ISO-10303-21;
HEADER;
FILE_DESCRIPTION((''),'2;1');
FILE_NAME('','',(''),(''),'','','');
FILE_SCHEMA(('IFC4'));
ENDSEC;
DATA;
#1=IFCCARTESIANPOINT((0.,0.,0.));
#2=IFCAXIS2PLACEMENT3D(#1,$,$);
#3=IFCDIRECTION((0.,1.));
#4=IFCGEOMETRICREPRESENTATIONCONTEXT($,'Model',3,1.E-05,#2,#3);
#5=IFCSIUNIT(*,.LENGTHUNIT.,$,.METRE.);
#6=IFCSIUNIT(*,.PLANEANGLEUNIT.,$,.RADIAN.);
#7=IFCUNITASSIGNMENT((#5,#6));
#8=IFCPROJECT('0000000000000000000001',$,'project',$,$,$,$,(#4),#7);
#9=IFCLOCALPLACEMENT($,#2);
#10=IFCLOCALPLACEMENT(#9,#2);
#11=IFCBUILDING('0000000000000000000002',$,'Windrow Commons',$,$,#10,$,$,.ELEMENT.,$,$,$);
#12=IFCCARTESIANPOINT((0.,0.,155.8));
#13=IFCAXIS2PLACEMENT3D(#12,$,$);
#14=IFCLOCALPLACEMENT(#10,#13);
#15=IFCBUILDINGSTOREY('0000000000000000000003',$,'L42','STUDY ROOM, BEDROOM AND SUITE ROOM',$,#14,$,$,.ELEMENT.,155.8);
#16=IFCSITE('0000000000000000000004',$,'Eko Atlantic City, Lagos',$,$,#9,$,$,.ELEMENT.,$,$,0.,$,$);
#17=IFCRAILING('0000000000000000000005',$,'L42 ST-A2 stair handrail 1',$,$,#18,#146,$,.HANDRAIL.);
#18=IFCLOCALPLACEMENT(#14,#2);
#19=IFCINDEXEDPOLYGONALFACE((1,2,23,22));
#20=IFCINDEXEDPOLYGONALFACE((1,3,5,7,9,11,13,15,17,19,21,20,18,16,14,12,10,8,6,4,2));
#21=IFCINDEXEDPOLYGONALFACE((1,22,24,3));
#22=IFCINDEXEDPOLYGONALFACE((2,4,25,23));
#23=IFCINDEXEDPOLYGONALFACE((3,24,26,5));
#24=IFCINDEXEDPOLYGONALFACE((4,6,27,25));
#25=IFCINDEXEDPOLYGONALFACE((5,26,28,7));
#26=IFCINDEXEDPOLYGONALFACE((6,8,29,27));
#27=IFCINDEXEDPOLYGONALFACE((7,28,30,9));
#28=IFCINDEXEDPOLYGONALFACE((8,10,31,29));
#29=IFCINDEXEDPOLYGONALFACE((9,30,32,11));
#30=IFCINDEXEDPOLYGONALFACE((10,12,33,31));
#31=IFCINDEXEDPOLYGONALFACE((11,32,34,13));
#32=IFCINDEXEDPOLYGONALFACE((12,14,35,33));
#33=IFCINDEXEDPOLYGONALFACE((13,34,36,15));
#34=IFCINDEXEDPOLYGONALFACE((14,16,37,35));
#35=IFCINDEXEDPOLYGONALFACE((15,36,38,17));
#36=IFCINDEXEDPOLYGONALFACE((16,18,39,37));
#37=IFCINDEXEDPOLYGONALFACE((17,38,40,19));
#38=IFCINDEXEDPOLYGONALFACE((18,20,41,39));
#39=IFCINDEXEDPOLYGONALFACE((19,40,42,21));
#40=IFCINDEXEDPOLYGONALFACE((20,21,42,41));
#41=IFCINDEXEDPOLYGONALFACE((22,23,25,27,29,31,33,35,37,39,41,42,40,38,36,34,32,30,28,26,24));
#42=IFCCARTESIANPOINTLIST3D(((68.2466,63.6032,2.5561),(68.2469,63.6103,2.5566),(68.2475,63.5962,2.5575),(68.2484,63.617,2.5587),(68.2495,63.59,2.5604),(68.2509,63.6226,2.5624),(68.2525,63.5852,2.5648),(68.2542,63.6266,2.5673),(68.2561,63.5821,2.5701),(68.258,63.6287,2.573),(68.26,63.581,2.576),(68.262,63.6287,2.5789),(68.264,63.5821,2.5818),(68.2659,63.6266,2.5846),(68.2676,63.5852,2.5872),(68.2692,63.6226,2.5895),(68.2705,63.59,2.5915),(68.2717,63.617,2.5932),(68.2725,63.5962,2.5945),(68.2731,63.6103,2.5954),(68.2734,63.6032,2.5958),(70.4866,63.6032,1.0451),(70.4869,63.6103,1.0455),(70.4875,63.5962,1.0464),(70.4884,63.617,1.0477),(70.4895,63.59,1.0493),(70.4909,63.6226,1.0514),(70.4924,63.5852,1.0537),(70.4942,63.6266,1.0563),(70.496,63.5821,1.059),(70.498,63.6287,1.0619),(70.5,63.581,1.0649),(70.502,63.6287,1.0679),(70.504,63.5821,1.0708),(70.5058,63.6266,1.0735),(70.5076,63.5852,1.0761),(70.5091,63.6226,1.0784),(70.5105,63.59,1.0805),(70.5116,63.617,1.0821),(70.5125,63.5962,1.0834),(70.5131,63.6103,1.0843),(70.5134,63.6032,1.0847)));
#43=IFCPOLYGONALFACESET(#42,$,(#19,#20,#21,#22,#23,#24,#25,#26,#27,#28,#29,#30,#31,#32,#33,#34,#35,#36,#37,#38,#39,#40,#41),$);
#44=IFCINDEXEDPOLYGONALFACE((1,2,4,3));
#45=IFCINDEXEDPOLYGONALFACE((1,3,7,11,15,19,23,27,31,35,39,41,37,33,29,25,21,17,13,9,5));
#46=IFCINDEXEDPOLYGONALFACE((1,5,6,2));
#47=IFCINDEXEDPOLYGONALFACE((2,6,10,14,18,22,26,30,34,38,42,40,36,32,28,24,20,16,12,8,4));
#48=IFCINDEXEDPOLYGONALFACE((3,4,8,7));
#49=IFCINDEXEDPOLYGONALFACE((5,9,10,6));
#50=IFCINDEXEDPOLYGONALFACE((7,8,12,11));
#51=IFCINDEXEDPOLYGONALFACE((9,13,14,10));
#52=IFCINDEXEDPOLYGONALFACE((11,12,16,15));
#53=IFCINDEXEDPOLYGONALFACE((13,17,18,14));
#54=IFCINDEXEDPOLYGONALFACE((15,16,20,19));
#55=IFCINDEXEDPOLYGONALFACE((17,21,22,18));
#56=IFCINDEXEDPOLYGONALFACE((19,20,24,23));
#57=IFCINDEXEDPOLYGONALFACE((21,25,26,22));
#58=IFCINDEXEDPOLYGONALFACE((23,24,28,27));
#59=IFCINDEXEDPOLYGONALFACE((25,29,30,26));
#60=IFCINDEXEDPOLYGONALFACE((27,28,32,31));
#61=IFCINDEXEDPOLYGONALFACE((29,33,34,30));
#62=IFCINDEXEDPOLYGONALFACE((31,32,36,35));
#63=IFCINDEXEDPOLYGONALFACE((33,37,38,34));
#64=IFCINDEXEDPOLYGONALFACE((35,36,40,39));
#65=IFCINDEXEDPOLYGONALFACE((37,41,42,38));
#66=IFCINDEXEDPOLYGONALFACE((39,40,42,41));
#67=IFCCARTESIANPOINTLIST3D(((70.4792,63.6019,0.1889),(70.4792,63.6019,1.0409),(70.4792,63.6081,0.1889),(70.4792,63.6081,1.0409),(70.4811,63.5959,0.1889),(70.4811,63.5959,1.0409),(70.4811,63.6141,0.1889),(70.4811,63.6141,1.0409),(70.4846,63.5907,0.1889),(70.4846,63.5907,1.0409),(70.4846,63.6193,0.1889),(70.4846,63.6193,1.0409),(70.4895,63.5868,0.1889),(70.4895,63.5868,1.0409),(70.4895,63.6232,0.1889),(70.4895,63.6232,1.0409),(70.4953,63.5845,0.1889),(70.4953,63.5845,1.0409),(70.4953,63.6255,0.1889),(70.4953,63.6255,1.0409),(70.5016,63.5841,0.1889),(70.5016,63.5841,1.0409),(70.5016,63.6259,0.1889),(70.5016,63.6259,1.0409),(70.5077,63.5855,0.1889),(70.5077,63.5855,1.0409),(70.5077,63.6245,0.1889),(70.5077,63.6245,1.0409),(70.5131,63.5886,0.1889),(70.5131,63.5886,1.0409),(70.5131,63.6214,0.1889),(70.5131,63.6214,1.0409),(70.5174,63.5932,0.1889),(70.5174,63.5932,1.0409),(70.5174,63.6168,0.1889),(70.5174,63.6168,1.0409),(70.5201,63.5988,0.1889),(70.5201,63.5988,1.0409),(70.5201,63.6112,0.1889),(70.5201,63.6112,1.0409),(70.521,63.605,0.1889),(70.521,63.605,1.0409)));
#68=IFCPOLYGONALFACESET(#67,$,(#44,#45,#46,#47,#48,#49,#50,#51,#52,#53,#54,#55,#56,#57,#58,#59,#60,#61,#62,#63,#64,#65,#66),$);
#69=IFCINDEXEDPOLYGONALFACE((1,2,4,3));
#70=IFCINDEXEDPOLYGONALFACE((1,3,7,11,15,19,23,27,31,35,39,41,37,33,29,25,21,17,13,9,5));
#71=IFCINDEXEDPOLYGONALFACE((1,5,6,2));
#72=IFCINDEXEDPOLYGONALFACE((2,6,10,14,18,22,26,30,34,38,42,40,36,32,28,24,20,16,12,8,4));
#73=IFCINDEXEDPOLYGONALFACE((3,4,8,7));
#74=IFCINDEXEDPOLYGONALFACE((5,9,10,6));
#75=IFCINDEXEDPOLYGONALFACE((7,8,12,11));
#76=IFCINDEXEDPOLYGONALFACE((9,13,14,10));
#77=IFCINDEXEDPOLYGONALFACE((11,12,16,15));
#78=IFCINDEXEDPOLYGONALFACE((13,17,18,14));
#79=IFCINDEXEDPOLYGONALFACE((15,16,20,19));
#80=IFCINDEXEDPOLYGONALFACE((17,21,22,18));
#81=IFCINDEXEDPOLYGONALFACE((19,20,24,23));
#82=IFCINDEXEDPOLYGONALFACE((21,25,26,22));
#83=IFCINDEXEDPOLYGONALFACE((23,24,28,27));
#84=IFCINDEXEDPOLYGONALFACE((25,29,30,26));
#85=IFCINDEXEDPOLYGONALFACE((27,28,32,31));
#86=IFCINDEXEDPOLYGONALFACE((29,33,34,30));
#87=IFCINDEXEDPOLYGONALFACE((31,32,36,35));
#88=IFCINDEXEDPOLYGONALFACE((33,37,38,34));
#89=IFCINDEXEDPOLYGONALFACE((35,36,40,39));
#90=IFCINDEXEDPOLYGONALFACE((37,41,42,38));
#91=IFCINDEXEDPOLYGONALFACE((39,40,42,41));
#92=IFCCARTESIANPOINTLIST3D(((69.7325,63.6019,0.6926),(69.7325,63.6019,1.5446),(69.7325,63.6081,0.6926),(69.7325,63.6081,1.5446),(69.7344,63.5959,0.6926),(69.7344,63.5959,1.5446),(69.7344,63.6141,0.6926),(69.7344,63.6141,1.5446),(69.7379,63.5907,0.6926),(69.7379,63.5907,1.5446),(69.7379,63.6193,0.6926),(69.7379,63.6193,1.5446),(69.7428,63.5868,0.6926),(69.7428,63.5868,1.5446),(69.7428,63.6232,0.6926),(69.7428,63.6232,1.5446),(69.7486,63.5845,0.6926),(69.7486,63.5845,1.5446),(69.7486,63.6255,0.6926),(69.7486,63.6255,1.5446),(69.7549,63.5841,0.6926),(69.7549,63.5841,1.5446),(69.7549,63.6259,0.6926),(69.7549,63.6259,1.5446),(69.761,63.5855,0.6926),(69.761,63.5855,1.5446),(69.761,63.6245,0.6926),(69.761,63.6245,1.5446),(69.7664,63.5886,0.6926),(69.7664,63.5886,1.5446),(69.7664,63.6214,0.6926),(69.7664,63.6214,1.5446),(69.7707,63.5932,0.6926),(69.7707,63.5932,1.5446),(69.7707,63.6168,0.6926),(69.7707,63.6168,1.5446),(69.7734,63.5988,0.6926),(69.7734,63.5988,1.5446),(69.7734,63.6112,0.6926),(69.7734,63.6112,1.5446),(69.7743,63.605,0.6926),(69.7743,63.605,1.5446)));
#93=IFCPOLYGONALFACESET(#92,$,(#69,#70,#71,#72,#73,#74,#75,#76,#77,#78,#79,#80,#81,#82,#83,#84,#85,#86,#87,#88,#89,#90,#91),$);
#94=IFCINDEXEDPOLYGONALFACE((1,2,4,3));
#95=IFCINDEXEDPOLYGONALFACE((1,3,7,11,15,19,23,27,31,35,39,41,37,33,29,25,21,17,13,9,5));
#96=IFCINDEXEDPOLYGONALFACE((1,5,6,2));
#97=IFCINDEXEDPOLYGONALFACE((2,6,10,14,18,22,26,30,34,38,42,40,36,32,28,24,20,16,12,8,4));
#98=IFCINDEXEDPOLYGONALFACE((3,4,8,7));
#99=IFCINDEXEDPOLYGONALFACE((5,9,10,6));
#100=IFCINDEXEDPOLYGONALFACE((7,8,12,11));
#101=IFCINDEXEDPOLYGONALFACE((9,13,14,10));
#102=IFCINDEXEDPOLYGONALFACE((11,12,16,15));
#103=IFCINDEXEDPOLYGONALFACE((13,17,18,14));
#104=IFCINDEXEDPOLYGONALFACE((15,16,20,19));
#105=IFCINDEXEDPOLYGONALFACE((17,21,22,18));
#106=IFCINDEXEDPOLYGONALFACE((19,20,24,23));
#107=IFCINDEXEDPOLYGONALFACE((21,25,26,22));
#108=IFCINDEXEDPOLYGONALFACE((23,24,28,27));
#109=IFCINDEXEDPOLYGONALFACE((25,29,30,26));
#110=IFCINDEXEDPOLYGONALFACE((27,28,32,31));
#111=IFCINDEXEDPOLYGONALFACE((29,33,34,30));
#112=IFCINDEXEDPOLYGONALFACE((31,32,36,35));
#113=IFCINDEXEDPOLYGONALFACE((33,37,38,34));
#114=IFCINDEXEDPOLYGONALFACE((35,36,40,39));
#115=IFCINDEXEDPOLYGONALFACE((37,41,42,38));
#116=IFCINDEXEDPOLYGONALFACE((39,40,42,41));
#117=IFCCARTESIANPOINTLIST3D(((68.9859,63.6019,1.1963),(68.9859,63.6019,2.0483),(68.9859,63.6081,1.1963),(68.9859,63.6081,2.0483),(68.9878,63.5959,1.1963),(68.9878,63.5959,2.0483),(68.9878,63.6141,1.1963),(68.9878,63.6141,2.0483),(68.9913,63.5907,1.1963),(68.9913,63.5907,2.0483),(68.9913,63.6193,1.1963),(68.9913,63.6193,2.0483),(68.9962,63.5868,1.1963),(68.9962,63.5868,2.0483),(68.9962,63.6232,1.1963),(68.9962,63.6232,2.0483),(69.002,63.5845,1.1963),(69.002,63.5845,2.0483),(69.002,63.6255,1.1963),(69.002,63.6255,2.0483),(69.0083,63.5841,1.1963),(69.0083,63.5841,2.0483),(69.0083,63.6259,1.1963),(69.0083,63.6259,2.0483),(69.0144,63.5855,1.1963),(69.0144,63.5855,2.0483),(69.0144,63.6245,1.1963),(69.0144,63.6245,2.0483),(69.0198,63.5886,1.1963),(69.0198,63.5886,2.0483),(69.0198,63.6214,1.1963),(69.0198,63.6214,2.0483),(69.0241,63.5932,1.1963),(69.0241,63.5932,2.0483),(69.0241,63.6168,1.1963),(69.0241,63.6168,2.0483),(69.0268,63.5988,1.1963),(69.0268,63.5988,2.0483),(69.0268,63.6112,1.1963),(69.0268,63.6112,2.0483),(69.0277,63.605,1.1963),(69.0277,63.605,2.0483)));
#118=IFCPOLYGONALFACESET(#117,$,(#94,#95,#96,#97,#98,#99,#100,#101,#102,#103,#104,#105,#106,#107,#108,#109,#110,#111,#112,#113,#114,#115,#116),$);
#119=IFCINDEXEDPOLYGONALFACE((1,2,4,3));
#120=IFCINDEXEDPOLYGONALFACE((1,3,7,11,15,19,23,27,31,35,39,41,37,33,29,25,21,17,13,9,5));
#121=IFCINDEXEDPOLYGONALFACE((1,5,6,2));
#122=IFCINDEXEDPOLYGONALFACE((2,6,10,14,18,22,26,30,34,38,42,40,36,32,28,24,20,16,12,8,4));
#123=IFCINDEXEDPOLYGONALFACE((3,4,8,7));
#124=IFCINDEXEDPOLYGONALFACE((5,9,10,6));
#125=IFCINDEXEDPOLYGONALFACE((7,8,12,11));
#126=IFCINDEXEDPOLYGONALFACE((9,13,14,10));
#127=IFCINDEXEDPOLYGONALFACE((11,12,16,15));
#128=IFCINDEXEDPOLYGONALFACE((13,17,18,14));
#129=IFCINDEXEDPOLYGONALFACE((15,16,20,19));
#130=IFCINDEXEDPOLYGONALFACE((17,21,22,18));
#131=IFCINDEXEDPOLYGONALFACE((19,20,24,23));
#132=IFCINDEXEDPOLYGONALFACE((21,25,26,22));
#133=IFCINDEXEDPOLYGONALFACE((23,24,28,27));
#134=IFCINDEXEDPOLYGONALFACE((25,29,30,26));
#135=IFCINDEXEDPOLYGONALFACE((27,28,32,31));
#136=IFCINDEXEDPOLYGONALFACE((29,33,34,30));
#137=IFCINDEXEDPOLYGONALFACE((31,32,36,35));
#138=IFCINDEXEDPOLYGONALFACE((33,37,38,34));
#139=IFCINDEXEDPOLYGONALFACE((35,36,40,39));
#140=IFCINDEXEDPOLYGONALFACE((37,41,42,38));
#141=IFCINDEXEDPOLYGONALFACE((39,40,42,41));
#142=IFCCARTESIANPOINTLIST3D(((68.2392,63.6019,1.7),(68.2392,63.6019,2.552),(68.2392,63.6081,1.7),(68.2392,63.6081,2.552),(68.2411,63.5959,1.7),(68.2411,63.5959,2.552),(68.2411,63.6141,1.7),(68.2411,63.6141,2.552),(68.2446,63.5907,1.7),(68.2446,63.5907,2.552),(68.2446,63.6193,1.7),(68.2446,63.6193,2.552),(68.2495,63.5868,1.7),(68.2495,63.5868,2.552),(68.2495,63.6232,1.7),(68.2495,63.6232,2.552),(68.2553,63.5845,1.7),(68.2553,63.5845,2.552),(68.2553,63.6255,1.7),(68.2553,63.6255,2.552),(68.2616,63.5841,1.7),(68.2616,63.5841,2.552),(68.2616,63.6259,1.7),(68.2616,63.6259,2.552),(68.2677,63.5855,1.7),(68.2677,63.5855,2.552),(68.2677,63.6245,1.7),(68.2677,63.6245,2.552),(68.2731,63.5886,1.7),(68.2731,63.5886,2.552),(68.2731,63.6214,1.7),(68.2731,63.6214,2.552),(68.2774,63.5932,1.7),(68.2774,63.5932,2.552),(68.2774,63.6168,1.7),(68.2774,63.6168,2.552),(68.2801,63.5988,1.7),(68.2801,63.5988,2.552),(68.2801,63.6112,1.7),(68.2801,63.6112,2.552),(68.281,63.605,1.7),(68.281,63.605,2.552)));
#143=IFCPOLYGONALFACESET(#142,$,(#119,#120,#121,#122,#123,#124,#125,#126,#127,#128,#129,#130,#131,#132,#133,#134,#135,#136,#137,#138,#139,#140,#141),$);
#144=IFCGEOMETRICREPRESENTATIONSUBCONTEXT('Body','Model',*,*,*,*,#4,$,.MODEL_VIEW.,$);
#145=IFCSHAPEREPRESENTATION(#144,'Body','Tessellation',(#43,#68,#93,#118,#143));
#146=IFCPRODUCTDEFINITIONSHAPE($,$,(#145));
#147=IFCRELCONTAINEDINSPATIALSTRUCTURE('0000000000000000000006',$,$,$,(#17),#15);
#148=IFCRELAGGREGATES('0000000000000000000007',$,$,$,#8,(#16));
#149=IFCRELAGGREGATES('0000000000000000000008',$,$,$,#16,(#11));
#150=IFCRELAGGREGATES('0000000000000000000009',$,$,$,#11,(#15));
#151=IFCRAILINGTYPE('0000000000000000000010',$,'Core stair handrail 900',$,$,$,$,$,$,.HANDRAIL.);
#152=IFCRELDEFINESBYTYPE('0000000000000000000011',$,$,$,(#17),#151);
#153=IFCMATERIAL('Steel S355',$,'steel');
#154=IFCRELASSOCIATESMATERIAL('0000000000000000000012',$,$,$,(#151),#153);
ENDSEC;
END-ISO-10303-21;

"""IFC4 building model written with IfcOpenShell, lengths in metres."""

from ifc_helpers import new_model, si_unit, direction, frame, origin, origin_2d, place, context, subcontext, project, spatial, circle, extrude, material, type_object, element, save


model = new_model("IFC4")

# Units and contexts
model_context = context("Model", 3, precision=1e-05, world=origin(), true_north=direction((0.0, 1.0)))
body_context = subcontext(model_context, "Body", "Model", "MODEL_VIEW")
ifc_project = project(units=[si_unit("LENGTHUNIT", "METRE"), si_unit("PLANEANGLEUNIT", "RADIAN")], contexts=[model_context])

# Site, building, storey
site_placement = place(None, origin())
site = spatial("IfcSite", under=ifc_project, at=site_placement, Name="Eko Atlantic City, Lagos", CompositionType="ELEMENT", RefElevation=0.0)
building_placement = place(site_placement, origin())
building = spatial("IfcBuilding", under=site, at=building_placement, Name="Windrow Commons", CompositionType="ELEMENT")
storey_placement = place(building_placement, frame((0.0, 0.0, 155.8)))
storey = spatial("IfcBuildingStorey", under=building, at=storey_placement, Name="L42", Description="STUDY ROOM, BEDROOM AND SUITE ROOM", CompositionType="ELEMENT", Elevation=155.8)

# Railing
ifc_material_1 = material(Name="Steel S355", Category="steel")
railing_type = type_object("IfcRailingType", Name="Core stair handrail 900", PredefinedType="HANDRAIL", material=ifc_material_1)
railing_placement = place(storey_placement, frame((70.5, 63.605, 0.1889)))
element("IfcRailing", 1, at=railing_placement, inside=storey, type_object=railing_type, Name="L42 ST-A2 stair handrail 1", PredefinedType="HANDRAIL", context=body_context, shape_type="SweptSolid", body=[
    extrude(circle(Radius=0.024, at=origin_2d()), frame((0.0, 0.0, 0.876), z_axis=(-0.829003, 0.0, 0.559244), x_axis=(0.0, -1.0, 0.0)), (0.0, 0.0, 1.0), 2.702),
    extrude(circle(Radius=0.021, at=origin_2d()), origin(), (0.0, 0.0, 1.0), 0.852),
    extrude(circle(Radius=0.021, at=origin_2d()), frame((-0.7467, 0.0, 0.5037)), (0.0, 0.0, 1.0), 0.852),
    extrude(circle(Radius=0.021, at=origin_2d()), frame((-1.4933, 0.0, 1.0074)), (0.0, 0.0, 1.0), 0.852),
    extrude(circle(Radius=0.021, at=origin_2d()), frame((-2.24, 0.0, 1.5111)), (0.0, 0.0, 1.0), 0.852),
])

save(model, "model.ifc")
